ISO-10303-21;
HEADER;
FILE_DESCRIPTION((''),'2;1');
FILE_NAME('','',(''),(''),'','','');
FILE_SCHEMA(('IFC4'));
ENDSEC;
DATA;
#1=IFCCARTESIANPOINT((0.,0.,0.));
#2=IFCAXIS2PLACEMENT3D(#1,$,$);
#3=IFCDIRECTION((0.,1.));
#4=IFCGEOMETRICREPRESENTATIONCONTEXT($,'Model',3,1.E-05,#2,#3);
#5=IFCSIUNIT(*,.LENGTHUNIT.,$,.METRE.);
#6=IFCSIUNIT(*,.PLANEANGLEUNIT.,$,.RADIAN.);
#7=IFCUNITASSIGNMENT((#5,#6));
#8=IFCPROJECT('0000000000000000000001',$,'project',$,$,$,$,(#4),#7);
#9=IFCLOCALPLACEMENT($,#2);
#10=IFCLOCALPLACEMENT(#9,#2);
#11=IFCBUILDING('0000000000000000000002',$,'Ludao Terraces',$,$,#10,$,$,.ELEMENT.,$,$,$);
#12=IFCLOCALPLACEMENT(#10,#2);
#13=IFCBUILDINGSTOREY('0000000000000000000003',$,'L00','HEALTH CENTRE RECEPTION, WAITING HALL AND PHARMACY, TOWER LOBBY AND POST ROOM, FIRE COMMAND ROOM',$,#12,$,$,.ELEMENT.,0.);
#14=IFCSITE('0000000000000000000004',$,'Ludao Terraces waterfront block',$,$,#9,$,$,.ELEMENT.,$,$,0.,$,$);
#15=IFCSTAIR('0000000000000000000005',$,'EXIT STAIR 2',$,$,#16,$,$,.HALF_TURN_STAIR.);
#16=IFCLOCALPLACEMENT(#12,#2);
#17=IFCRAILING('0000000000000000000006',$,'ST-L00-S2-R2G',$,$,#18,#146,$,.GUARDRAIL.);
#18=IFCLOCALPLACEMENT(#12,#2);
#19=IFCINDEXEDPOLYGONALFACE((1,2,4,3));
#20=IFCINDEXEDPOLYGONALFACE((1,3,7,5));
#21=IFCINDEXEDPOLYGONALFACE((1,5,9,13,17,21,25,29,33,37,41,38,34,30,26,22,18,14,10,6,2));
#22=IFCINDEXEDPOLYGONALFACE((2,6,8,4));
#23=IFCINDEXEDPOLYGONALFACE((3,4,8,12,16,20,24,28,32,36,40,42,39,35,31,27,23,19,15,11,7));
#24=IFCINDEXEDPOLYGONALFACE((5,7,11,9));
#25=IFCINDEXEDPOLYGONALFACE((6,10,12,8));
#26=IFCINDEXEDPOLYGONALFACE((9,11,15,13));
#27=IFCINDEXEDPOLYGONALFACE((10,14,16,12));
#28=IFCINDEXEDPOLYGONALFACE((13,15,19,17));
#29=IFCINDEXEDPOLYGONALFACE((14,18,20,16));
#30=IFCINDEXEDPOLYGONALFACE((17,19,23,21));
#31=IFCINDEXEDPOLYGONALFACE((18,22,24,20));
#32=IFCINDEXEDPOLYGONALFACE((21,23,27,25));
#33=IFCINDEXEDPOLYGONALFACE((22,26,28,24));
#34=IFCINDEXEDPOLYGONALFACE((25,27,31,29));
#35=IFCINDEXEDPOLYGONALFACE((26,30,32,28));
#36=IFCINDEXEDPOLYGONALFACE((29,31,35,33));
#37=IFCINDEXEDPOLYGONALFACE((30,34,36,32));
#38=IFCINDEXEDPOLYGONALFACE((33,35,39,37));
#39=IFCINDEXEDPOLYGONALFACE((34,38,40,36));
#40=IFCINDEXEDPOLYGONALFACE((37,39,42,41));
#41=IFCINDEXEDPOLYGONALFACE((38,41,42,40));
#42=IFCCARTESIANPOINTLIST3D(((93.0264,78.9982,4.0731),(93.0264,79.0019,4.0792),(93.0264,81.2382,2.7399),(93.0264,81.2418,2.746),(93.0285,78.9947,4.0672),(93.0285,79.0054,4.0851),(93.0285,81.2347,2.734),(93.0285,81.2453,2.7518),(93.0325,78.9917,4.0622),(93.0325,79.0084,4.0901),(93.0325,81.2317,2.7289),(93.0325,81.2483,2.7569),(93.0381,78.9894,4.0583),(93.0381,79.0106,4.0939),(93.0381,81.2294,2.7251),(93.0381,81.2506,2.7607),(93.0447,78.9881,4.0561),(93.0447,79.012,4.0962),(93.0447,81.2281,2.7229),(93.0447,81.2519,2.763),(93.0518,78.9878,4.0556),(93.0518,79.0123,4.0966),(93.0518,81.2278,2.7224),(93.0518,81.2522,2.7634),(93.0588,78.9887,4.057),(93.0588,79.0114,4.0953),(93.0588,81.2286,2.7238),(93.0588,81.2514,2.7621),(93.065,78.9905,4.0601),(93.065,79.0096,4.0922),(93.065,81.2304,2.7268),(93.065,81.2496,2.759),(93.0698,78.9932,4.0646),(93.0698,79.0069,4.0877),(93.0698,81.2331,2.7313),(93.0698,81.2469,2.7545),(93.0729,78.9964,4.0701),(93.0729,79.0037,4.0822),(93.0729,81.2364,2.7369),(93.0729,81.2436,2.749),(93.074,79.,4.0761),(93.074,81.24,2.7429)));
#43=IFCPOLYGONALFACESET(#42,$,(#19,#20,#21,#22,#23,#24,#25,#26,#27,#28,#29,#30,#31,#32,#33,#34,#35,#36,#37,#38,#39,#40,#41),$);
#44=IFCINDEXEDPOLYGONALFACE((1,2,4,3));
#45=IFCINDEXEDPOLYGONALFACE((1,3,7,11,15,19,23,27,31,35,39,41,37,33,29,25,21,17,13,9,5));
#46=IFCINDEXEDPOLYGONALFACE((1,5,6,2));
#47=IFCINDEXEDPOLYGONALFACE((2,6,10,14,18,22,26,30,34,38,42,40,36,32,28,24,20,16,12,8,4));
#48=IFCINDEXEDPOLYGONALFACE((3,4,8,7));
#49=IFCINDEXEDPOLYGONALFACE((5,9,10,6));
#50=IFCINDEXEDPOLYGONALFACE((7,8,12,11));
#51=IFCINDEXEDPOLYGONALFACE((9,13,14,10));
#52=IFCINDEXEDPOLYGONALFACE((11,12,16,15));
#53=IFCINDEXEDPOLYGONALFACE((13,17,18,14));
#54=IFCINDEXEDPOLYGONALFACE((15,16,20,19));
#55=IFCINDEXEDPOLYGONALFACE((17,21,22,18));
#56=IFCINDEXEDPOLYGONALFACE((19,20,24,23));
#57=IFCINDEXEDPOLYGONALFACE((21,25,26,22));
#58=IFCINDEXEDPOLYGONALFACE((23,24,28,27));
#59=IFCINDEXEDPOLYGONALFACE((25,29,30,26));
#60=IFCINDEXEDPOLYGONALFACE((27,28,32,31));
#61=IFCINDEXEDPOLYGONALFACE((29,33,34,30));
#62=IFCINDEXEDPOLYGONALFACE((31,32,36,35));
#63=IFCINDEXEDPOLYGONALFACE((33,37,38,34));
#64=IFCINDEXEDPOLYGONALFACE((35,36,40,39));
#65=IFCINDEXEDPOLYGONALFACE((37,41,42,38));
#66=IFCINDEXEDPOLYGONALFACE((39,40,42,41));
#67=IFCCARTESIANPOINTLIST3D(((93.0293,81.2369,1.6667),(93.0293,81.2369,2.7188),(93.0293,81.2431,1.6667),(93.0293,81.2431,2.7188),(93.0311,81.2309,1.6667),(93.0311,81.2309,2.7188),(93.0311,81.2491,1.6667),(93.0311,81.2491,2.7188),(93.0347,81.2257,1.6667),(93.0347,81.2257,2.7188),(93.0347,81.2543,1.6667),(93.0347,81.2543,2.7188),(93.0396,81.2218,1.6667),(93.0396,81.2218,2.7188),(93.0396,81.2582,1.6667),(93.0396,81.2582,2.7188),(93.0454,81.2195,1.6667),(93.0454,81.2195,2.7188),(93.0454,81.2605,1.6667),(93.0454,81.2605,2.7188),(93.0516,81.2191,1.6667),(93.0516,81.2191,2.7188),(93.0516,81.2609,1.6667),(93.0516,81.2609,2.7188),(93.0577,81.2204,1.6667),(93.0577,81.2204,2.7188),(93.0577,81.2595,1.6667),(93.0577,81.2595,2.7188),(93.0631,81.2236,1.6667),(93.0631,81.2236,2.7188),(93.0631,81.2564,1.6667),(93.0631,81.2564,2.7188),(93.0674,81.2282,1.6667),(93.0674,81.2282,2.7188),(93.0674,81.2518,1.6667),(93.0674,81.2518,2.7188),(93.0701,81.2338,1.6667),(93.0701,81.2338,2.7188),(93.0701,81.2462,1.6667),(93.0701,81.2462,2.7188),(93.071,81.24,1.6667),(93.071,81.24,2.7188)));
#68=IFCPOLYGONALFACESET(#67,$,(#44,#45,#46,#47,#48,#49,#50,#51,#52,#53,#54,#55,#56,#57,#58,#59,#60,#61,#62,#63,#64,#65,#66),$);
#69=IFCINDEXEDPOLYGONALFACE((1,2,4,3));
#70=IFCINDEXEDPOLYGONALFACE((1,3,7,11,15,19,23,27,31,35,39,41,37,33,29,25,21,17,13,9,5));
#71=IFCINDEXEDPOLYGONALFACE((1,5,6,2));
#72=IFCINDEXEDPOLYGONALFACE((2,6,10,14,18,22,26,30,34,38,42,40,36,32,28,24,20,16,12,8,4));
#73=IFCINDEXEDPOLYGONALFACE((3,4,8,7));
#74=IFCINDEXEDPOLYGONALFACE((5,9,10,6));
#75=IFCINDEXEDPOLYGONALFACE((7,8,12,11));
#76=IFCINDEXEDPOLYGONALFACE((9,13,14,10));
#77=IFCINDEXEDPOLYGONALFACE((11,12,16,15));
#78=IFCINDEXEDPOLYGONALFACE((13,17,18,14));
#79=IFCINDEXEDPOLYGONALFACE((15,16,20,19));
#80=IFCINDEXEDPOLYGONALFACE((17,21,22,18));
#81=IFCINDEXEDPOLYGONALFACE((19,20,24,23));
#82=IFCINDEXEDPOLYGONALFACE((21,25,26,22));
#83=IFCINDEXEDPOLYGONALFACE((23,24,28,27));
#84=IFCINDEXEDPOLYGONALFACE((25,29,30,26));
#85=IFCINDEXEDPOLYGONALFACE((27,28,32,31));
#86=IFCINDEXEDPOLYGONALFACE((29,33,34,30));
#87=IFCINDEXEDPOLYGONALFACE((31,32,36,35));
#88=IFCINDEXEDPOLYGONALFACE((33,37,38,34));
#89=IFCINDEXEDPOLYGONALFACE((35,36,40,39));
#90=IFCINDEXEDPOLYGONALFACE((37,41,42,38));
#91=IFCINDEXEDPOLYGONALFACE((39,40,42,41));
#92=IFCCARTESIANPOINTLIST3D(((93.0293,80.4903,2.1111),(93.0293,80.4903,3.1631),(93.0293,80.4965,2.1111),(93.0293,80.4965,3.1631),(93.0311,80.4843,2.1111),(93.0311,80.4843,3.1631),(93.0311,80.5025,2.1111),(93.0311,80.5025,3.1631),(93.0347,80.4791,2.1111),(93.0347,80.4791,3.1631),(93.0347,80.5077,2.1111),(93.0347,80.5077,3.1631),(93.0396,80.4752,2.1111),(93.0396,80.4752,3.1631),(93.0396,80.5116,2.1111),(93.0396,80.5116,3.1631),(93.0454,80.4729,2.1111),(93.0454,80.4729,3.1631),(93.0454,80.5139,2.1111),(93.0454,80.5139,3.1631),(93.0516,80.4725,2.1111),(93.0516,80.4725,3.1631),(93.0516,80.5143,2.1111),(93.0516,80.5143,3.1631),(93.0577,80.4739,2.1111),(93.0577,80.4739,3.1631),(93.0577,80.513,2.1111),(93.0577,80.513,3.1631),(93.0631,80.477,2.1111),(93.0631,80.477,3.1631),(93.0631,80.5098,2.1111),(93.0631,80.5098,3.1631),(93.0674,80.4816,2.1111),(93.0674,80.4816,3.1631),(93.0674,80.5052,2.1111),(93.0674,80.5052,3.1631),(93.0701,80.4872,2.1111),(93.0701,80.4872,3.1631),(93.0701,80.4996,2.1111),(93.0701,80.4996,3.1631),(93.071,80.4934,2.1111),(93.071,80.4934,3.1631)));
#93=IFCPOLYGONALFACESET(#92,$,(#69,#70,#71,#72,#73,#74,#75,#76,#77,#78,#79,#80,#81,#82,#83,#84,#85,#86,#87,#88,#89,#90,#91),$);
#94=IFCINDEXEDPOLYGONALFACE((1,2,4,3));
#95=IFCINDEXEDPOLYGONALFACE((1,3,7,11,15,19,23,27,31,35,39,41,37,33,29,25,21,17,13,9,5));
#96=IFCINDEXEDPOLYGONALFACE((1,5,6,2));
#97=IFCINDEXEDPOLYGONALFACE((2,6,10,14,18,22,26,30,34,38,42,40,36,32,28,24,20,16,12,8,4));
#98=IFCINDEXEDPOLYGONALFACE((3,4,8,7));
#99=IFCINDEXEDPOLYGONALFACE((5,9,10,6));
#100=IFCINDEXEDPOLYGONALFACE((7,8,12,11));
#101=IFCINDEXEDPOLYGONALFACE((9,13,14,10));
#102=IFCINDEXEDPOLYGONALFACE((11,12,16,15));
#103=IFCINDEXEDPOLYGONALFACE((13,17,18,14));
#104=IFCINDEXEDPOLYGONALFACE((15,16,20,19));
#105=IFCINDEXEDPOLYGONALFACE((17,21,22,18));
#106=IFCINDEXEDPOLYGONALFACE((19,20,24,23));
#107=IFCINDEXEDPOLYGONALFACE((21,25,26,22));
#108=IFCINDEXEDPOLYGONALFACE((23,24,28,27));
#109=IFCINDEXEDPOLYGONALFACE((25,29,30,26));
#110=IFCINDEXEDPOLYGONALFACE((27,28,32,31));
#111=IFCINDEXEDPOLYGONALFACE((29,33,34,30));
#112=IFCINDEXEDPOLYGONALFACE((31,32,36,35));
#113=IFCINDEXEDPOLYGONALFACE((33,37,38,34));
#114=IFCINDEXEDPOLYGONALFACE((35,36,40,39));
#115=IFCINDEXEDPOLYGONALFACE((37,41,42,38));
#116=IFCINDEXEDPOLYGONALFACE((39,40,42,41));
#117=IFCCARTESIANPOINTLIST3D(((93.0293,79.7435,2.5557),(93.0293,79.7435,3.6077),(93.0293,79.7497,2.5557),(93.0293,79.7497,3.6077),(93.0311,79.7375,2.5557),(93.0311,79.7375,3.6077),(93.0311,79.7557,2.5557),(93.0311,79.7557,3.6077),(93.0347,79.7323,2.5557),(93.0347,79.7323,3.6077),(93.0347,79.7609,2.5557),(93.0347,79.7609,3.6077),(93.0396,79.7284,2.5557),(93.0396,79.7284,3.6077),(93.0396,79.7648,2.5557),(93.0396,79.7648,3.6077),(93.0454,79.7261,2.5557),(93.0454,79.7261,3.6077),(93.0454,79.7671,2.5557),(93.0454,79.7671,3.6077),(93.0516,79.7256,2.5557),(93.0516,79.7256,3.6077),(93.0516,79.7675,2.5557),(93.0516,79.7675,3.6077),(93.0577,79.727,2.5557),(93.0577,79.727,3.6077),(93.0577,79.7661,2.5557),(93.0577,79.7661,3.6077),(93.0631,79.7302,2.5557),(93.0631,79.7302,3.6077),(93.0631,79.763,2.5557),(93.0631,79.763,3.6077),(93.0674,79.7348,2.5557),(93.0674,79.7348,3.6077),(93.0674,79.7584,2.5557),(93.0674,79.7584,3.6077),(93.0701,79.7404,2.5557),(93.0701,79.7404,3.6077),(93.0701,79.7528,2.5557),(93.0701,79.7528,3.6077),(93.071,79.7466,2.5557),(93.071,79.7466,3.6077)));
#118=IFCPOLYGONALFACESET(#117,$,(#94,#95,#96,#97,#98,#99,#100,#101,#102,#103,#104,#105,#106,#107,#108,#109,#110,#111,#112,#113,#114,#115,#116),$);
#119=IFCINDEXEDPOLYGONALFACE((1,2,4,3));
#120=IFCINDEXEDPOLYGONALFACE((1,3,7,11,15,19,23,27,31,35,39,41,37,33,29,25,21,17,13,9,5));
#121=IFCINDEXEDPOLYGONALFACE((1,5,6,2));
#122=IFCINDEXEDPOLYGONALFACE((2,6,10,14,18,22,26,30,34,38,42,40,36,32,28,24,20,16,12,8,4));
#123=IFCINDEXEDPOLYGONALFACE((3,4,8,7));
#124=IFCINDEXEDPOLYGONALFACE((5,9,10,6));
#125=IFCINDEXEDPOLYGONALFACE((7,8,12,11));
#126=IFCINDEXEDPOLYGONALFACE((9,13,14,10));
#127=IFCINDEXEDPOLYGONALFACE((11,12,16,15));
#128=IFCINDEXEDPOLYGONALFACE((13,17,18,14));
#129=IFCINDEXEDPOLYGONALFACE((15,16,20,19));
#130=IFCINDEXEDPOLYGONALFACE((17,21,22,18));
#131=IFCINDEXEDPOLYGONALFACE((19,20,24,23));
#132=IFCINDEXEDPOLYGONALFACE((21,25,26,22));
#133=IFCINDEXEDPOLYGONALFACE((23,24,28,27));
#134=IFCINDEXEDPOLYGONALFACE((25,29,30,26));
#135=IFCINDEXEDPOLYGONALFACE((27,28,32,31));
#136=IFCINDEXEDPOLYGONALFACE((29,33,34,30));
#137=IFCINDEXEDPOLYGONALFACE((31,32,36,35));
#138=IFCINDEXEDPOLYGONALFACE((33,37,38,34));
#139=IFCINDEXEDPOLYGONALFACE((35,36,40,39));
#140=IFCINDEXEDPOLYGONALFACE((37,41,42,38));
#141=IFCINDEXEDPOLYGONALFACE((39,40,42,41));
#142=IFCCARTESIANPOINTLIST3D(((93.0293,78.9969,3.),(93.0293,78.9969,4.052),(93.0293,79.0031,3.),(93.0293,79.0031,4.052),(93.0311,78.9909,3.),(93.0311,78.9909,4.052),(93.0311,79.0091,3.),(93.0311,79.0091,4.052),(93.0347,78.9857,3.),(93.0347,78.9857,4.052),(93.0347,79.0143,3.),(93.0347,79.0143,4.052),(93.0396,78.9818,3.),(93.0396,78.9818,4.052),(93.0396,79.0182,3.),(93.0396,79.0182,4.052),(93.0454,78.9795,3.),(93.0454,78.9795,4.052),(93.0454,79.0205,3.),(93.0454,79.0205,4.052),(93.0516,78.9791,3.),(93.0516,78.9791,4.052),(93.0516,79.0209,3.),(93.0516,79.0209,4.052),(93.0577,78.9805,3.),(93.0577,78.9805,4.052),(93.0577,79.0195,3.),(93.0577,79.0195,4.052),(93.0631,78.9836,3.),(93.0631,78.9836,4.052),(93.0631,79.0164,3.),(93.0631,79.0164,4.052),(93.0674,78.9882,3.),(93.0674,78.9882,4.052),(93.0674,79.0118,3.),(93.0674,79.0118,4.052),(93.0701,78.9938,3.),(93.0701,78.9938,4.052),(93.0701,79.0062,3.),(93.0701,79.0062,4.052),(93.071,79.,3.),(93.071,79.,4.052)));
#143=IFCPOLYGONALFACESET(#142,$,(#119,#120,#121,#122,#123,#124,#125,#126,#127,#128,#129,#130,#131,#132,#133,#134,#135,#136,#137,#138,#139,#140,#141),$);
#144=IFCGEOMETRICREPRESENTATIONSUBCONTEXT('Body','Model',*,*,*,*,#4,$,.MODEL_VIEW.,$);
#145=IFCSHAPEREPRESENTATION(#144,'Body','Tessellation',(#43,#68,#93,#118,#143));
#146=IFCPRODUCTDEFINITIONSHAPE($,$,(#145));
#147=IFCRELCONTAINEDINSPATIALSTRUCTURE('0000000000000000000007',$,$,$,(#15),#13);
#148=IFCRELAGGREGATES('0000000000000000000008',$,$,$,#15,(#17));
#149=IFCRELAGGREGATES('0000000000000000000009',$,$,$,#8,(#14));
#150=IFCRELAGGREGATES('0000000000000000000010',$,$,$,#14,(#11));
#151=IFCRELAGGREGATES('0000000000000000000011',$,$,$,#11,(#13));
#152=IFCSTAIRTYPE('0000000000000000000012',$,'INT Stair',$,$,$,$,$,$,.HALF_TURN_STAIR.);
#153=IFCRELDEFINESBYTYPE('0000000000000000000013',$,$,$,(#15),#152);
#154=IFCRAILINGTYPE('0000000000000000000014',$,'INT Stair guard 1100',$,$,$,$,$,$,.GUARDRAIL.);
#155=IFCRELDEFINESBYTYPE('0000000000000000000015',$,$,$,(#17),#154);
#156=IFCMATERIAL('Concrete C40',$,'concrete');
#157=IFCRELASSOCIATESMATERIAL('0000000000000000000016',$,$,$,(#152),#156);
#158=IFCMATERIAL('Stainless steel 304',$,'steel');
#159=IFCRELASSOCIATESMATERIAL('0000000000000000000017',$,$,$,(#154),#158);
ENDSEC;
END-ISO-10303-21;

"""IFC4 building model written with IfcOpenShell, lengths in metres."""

from ifc_helpers import new_model, si_unit, direction, frame, origin, origin_2d, place, context, subcontext, project, spatial, circle, extrude, material, type_object, element, aggregate, save


model = new_model("IFC4")

# Units and contexts
model_context = context("Model", 3, precision=1e-05, world=origin(), true_north=direction((0.0, 1.0)))
body_context = subcontext(model_context, "Body", "Model", "MODEL_VIEW")
ifc_project = project(units=[si_unit("LENGTHUNIT", "METRE"), si_unit("PLANEANGLEUNIT", "RADIAN")], contexts=[model_context])

# Site, building, storey
site_placement = place(None, origin())
site = spatial("IfcSite", under=ifc_project, at=site_placement, Name="Ludao Terraces waterfront block", CompositionType="ELEMENT", RefElevation=0.0)
building_placement = place(site_placement, origin())
building = spatial("IfcBuilding", under=site, at=building_placement, Name="Ludao Terraces", CompositionType="ELEMENT")
storey_placement = place(building_placement, origin())
storey = spatial("IfcBuildingStorey", under=building, at=storey_placement, Name="L00", Description="HEALTH CENTRE RECEPTION, WAITING HALL AND PHARMACY, TOWER LOBBY AND POST ROOM, FIRE COMMAND ROOM", CompositionType="ELEMENT", Elevation=0.0)

# Shared definitions
ifc_material_1 = material(Name="Concrete C40", Category="concrete")

# Stair, railing
stair_type = type_object("IfcStairType", Name="INT Stair", PredefinedType="HALF_TURN_STAIR", material=ifc_material_1)
stair_placement = place(storey_placement, origin())
stair = element("IfcStair", 1, at=stair_placement, inside=storey, type_object=stair_type, Name="EXIT STAIR 2", PredefinedType="HALF_TURN_STAIR")
ifc_material_2 = material(Name="Stainless steel 304", Category="steel")
railing_type_1 = type_object("IfcRailingType", Name="INT Stair guard 1100", PredefinedType="GUARDRAIL", material=ifc_material_2)
railing_1_placement = place(storey_placement, frame((93.05, 81.24, 1.6667)))
railing_1 = element("IfcRailing", 2, at=railing_1_placement, type_object=railing_type_1, Name="ST-L00-S2-R2G", PredefinedType="GUARDRAIL", context=body_context, shape_type="SweptSolid", body=[
    extrude(circle(Radius=0.0239, at=origin_2d()), frame((0.0, 0.0, 1.0762), z_axis=(0.0, -0.859306, 0.511462), x_axis=(1.0, 0.0, 0.0)), (0.0, 0.0, 1.0), 2.6067),
    extrude(circle(Radius=0.021, at=origin_2d()), origin(), (0.0, 0.0, 1.0), 1.052),
    extrude(circle(Radius=0.021, at=origin_2d()), frame((0.0, -0.7466, 0.4443)), (0.0, 0.0, 1.0), 1.052),
    extrude(circle(Radius=0.021, at=origin_2d()), frame((0.0, -1.4934, 0.8889)), (0.0, 0.0, 1.0), 1.052),
    extrude(circle(Radius=0.021, at=origin_2d()), frame((0.0, -2.24, 1.3333)), (0.0, 0.0, 1.0), 1.052),
])
aggregate(stair, [railing_1])

save(model, "model.ifc")
